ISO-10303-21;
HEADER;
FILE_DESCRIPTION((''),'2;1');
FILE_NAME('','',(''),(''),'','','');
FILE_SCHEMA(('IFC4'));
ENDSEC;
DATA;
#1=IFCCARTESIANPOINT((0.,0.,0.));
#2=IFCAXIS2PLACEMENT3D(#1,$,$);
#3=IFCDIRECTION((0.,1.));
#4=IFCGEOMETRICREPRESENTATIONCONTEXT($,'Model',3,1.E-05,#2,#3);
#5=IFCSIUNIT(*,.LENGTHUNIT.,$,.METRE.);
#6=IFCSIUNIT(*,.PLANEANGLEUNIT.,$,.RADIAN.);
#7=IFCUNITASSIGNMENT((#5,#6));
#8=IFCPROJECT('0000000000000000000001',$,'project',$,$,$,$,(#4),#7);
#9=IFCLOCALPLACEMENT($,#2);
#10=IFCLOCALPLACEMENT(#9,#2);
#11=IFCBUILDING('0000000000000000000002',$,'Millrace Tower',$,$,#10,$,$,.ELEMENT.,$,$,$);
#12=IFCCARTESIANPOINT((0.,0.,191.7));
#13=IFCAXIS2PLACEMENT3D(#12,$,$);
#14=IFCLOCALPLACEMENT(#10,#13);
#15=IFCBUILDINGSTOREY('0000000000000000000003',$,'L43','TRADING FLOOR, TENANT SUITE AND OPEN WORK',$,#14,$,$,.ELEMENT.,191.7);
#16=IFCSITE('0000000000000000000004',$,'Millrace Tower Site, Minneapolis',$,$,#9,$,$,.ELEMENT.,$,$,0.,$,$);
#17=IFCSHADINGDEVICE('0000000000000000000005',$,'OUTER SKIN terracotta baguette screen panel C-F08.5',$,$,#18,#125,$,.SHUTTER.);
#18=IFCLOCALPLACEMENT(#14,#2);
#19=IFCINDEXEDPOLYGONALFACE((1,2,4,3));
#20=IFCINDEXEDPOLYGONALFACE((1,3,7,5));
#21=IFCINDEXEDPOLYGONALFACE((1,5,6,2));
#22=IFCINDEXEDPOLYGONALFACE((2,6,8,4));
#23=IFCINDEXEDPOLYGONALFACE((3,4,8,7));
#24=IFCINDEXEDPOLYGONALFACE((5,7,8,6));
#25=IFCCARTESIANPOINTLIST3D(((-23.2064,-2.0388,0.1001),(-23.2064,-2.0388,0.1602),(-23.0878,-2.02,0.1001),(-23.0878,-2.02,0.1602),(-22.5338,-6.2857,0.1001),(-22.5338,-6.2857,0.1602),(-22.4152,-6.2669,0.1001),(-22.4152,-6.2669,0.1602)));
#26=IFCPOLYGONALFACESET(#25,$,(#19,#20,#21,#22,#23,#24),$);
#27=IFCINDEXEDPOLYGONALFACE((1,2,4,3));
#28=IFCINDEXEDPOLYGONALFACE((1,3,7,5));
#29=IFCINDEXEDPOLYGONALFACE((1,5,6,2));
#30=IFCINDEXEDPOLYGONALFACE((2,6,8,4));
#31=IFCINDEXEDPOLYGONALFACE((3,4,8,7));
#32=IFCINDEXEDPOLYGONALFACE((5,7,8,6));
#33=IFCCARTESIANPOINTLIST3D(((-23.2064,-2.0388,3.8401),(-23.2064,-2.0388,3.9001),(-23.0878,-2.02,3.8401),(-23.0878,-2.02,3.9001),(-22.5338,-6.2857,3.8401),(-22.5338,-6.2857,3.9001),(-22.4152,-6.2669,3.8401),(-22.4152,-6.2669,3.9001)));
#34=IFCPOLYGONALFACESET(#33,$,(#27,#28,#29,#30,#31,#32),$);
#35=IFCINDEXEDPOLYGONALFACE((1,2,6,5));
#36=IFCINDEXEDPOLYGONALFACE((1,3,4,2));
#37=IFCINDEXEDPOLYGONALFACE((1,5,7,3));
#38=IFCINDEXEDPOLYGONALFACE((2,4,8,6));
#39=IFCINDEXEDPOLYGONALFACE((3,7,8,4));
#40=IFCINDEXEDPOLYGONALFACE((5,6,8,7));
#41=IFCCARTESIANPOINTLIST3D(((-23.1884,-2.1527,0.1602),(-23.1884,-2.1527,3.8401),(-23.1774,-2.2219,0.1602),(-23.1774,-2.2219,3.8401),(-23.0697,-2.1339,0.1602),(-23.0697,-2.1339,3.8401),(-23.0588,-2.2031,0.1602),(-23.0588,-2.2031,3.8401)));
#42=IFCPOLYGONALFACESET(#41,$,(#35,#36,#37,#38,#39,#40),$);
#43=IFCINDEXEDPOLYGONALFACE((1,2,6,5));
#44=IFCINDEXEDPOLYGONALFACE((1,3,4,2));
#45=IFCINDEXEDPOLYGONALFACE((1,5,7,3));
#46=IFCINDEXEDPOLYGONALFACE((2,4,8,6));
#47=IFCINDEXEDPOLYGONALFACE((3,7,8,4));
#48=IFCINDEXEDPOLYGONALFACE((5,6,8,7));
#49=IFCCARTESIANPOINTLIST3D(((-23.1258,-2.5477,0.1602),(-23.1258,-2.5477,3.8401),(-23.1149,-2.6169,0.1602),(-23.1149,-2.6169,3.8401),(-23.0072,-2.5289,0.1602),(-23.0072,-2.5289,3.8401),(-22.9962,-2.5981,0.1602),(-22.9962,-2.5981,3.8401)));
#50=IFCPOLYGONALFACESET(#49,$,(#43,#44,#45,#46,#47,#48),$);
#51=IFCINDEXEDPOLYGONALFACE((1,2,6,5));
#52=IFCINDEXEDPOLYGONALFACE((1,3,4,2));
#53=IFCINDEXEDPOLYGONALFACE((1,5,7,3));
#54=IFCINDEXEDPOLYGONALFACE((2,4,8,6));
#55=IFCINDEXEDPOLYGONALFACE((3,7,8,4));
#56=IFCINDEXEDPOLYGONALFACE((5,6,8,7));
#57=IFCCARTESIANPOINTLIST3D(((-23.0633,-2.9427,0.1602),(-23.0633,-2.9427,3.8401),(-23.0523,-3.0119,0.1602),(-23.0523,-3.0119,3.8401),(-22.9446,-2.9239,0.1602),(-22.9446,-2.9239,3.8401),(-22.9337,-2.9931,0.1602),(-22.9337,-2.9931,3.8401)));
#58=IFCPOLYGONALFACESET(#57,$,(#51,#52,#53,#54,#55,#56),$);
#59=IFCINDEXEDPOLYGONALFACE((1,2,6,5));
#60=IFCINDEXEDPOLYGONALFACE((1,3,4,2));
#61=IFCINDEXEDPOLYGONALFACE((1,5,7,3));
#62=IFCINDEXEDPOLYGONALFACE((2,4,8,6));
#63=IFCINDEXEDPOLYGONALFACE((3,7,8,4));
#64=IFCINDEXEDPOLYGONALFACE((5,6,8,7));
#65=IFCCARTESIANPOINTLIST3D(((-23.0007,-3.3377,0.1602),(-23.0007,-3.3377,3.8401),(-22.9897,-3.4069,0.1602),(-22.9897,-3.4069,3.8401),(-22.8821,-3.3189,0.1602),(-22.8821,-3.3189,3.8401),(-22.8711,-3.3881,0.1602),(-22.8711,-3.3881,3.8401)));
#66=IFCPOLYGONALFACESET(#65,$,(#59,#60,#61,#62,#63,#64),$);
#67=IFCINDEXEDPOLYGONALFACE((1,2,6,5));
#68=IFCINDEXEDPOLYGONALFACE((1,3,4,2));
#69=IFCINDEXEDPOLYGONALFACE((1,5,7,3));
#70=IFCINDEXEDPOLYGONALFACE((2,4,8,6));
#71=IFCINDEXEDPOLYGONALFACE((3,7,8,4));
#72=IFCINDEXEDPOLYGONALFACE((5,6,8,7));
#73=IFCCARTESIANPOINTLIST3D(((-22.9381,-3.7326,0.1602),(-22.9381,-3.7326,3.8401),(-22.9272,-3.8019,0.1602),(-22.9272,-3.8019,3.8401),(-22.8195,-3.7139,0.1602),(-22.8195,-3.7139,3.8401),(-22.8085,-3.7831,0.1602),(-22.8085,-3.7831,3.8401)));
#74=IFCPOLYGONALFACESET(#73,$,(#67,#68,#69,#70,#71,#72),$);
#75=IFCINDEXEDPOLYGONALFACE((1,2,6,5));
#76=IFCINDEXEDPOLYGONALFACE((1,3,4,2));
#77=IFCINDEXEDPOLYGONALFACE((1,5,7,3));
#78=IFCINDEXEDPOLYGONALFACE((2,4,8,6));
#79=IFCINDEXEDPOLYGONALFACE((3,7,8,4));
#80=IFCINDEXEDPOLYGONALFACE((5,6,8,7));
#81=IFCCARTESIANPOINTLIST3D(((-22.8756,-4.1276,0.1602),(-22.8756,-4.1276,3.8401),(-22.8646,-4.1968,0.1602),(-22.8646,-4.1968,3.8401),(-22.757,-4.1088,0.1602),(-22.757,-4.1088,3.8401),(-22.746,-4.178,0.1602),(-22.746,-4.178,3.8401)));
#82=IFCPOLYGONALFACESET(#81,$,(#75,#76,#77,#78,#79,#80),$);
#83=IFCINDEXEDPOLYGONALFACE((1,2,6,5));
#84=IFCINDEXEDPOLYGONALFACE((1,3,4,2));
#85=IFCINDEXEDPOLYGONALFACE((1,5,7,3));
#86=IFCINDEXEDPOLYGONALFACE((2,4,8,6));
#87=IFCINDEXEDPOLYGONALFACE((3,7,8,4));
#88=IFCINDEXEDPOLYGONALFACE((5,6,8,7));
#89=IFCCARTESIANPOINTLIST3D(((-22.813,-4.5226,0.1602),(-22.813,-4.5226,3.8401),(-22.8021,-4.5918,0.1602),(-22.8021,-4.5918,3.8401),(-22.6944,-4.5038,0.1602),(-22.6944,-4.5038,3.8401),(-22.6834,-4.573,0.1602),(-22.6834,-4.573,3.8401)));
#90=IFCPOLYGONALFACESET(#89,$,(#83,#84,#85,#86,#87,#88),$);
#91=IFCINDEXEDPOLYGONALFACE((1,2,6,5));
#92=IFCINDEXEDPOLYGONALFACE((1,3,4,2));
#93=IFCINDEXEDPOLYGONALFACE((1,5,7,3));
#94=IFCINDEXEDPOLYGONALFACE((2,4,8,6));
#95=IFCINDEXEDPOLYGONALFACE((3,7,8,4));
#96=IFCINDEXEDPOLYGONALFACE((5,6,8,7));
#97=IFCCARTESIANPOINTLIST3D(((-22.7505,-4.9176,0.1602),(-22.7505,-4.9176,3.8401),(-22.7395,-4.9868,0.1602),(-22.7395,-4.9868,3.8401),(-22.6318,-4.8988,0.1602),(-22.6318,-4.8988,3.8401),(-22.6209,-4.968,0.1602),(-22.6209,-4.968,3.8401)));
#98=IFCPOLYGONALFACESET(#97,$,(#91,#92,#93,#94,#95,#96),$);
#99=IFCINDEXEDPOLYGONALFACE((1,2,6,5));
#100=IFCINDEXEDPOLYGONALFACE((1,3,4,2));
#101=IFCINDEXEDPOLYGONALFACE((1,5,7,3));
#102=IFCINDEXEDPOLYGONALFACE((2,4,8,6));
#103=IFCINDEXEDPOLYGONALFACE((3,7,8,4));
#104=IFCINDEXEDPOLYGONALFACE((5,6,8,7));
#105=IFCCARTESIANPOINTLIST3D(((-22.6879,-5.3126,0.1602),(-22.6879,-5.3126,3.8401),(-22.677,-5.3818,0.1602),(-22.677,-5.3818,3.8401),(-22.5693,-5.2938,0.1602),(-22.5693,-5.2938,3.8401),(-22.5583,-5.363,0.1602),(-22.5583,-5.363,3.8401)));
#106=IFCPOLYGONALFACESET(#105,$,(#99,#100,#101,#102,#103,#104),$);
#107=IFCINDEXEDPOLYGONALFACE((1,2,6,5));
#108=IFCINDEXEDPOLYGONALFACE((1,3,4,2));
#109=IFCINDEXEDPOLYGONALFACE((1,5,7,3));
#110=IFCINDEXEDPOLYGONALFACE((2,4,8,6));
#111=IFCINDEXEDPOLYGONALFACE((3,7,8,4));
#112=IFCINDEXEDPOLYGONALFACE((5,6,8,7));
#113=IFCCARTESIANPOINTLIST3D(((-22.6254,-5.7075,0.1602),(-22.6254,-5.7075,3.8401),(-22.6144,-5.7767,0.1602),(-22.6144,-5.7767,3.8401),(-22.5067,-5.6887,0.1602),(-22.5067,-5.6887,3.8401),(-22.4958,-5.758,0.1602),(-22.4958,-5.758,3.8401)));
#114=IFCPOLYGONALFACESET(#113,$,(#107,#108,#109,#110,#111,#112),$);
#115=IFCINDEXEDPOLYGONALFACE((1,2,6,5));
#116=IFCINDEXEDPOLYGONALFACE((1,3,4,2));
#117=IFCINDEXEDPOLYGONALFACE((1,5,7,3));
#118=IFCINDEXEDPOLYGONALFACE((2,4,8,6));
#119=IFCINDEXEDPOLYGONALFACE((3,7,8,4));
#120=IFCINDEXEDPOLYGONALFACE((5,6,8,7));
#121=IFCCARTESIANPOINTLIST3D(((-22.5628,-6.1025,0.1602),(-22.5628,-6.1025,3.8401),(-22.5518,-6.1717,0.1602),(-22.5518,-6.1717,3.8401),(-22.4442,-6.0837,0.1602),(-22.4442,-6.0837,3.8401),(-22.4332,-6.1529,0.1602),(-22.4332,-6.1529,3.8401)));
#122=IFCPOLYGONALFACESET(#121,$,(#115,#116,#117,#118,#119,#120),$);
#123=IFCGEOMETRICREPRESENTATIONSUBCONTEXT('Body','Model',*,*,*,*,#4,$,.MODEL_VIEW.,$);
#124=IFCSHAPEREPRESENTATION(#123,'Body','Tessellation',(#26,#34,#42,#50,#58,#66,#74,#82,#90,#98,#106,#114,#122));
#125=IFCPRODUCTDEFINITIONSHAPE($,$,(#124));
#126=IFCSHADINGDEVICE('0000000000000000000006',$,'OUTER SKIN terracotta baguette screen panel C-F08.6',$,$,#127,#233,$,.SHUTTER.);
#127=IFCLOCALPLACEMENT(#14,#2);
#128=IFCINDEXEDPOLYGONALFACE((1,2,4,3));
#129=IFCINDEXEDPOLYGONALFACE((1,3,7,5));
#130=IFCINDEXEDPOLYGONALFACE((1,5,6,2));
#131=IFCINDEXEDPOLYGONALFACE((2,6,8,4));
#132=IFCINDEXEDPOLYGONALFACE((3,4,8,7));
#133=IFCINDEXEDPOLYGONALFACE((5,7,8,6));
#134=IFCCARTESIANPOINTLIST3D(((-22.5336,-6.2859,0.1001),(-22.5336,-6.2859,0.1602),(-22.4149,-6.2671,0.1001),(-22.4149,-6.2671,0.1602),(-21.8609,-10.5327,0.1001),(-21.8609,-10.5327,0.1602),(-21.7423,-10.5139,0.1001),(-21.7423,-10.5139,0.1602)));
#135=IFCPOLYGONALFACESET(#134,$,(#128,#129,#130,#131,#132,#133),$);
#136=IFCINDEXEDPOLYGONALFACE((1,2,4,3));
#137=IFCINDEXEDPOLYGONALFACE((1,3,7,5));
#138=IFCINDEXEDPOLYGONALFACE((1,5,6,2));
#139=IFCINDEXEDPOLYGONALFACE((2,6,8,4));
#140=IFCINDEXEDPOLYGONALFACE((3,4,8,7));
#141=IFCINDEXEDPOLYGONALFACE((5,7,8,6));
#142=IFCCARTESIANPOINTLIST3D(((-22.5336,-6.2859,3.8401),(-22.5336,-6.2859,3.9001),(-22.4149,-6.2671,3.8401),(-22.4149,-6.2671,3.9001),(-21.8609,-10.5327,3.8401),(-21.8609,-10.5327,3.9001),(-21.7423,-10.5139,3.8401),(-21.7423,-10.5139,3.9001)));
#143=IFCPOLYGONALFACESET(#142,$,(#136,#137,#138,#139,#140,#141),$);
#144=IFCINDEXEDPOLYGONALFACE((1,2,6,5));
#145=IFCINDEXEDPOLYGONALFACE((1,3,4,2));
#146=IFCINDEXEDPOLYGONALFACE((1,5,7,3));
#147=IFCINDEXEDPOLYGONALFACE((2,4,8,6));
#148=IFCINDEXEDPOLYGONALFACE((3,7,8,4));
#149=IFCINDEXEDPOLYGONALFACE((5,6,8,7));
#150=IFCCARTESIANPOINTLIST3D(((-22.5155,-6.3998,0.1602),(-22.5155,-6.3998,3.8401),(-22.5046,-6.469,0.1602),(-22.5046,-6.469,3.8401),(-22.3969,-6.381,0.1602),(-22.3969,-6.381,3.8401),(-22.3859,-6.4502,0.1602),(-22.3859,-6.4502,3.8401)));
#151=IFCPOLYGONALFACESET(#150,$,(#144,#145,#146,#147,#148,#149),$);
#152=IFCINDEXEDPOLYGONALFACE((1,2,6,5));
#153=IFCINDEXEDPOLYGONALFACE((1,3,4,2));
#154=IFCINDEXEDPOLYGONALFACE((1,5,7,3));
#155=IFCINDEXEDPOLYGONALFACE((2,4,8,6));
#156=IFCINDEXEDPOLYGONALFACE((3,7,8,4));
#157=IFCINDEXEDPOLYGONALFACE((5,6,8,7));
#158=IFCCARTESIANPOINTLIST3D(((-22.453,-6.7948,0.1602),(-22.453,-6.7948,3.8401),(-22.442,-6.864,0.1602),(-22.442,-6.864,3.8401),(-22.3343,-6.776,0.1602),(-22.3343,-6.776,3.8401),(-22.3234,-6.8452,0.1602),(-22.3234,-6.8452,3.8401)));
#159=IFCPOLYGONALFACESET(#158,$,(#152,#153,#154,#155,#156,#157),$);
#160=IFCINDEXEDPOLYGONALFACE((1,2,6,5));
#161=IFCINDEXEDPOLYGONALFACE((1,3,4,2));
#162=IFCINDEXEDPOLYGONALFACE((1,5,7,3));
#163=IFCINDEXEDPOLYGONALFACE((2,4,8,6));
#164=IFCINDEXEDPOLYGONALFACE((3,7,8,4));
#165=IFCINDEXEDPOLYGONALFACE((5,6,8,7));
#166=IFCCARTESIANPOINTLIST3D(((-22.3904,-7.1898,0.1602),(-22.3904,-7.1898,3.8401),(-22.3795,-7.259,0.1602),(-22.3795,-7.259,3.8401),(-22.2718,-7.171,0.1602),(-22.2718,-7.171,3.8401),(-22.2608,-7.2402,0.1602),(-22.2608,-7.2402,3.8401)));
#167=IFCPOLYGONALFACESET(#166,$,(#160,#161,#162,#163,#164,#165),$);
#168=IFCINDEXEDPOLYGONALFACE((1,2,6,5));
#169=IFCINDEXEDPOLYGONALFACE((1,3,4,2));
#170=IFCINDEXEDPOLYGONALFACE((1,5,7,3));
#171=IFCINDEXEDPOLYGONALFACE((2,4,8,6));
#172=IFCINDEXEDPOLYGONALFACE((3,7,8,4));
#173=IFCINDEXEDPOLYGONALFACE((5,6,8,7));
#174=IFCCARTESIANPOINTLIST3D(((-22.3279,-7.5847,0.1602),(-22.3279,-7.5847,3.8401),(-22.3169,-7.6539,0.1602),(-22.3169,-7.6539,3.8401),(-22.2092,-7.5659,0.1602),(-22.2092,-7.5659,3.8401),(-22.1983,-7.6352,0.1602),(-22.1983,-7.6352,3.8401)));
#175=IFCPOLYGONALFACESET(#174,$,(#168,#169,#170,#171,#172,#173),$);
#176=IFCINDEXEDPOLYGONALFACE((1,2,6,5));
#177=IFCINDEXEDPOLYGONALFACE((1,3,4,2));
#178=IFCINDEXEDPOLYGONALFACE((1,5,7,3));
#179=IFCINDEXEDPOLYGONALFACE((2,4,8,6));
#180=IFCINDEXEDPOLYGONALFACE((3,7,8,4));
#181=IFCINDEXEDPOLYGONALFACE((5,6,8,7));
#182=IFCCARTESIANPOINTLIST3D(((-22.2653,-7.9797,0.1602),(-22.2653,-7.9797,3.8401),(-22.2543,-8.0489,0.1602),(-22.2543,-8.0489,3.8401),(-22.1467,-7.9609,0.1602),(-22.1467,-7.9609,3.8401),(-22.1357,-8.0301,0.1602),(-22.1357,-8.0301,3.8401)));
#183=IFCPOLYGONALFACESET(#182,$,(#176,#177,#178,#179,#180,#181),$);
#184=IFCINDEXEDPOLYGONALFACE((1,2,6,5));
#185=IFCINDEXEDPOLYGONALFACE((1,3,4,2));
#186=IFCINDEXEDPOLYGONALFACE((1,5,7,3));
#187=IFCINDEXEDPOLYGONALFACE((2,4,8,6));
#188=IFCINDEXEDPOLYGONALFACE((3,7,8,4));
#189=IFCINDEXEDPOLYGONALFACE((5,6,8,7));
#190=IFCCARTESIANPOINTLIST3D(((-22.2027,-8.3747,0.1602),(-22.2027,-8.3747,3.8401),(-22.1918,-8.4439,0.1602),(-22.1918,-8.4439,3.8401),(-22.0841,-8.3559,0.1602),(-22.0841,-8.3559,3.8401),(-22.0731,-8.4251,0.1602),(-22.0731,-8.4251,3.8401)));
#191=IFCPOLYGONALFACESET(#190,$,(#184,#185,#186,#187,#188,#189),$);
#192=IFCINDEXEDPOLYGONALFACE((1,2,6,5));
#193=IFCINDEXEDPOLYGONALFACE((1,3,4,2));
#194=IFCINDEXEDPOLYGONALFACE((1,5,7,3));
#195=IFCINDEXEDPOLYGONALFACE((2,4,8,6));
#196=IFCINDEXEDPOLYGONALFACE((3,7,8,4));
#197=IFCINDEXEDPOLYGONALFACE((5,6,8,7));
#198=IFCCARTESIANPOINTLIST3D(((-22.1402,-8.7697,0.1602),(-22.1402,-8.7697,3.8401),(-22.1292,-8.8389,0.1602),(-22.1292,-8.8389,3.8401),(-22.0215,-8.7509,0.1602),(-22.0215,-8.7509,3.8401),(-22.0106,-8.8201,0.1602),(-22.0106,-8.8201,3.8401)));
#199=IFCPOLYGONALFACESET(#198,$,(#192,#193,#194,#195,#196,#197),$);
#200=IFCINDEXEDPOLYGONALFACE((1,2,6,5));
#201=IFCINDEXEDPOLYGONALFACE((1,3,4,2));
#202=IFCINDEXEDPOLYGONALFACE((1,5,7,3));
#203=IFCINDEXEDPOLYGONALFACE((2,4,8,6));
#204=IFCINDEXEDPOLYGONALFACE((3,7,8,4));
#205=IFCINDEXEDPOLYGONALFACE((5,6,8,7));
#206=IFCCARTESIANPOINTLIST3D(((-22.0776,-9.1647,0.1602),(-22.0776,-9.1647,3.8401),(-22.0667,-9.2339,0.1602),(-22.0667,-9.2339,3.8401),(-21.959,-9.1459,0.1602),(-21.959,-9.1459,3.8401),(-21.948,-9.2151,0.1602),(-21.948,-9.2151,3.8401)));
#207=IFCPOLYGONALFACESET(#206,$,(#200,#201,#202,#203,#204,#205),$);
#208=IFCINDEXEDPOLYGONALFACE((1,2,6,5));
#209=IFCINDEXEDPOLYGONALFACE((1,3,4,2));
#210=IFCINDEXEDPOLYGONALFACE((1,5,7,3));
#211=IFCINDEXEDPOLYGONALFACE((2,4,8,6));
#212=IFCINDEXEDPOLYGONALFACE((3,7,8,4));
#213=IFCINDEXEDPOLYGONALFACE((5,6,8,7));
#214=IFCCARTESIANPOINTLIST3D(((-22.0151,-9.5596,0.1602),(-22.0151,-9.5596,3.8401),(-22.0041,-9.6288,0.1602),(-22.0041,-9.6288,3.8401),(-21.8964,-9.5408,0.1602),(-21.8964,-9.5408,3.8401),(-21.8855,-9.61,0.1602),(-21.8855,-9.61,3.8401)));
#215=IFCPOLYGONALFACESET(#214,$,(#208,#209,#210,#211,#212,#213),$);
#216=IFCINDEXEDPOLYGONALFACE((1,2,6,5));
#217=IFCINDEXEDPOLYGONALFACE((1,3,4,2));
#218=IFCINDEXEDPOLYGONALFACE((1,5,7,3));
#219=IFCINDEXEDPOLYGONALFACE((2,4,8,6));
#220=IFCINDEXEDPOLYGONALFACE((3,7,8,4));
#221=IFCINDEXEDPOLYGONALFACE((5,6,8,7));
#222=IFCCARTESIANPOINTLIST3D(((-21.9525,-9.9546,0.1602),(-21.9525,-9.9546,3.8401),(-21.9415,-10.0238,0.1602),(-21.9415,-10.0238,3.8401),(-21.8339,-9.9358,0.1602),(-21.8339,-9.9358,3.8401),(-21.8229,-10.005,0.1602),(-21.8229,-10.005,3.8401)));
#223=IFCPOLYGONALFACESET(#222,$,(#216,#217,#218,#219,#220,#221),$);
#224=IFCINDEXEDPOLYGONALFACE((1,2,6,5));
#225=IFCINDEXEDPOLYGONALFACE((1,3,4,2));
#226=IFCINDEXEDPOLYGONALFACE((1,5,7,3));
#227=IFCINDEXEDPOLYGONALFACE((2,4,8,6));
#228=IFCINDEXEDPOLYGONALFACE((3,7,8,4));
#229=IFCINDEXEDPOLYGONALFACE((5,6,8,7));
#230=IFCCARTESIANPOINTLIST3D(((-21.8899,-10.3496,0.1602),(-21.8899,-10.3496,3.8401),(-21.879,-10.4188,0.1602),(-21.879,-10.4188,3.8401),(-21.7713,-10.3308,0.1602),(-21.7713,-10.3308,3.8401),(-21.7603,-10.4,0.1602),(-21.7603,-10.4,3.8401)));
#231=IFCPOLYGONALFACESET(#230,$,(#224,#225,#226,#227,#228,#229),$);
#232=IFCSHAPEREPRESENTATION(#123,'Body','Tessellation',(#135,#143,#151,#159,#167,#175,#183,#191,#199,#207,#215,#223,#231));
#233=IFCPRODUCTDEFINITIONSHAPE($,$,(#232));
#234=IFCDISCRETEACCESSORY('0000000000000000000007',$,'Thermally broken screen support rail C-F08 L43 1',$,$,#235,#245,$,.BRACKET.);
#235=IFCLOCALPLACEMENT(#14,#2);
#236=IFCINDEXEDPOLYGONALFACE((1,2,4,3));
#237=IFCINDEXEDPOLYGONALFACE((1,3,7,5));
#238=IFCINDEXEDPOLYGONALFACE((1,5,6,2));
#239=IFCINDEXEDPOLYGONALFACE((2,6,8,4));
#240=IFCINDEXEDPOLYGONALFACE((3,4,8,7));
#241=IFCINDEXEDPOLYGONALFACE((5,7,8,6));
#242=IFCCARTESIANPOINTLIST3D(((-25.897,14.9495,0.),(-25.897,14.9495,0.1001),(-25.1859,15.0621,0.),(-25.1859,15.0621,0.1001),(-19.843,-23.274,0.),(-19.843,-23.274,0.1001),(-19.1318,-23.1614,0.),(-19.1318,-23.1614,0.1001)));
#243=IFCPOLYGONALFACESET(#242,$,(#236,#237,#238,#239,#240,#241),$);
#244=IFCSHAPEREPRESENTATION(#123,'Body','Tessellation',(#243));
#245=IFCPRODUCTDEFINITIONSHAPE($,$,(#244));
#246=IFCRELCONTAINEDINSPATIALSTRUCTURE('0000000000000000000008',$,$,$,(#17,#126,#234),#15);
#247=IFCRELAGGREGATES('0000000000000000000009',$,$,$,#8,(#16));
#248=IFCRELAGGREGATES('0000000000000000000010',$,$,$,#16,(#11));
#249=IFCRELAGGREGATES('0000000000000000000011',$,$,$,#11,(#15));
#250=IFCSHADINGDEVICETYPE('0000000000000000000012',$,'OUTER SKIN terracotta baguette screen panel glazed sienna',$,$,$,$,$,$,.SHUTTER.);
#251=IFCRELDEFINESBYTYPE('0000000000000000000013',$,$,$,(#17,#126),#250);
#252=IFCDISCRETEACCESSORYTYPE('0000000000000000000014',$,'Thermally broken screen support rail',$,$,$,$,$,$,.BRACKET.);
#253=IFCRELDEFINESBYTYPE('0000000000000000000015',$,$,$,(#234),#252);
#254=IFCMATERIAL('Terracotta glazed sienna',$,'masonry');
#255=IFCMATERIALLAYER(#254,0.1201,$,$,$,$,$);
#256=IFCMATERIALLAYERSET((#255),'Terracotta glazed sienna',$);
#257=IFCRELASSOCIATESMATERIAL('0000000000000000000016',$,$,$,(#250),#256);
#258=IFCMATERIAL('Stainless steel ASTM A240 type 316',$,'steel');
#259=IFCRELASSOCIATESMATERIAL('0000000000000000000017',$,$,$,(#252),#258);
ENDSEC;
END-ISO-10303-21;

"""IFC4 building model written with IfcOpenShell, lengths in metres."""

from ifc_helpers import new_model, entity, si_unit, direction, frame, frame_2d, origin, origin_2d, place, context, subcontext, project, spatial, rectangle, extrude, source, transform, mapped, material, layer, layer_set, type_object, element, save


model = new_model("IFC4")

# Units and contexts
model_context = context("Model", 3, precision=1e-05, world=origin(), true_north=direction((0.0, 1.0)))
body_context = subcontext(model_context, "Body", "Model", "MODEL_VIEW")
ifc_project = project(units=[si_unit("LENGTHUNIT", "METRE"), si_unit("PLANEANGLEUNIT", "RADIAN")], contexts=[model_context])

# Site, building, storey
site_placement = place(None, origin())
site = spatial("IfcSite", under=ifc_project, at=site_placement, Name="Millrace Tower Site, Minneapolis", CompositionType="ELEMENT", RefElevation=0.0)
building_placement = place(site_placement, origin())
building = spatial("IfcBuilding", under=site, at=building_placement, Name="Millrace Tower", CompositionType="ELEMENT")
storey_placement = place(building_placement, frame((0.0, 0.0, 191.7)))
storey = spatial("IfcBuildingStorey", under=building, at=storey_placement, Name="L43", Description="TRADING FLOOR, TENANT SUITE AND OPEN WORK", CompositionType="ELEMENT", Elevation=191.7)

# Shading devices
ifc_material_1 = material(Name="Terracotta glazed sienna", Category="masonry")
ifc_layer_1 = layer(ifc_material_1, 0.1201)
ifc_layer_set_1 = layer_set([ifc_layer_1], Name="Terracotta glazed sienna")
shading_device_type = type_object("IfcShadingDeviceType", Name="OUTER SKIN terracotta baguette screen panel glazed sienna", PredefinedType="SHUTTER", material=ifc_layer_set_1)
cartesian_point = entity("IfcCartesianPoint", [-2.1499, 0.0601])
shared_polyline = entity("IfcPolyline", [cartesian_point, entity("IfcCartesianPoint", [2.1499, 0.0601]), entity("IfcCartesianPoint", [2.1499, -0.0601]), entity("IfcCartesianPoint", [-2.1499, -0.0601]), cartesian_point])
shared_shape = source(origin(), body_context, "Body", "SweptSolid", [
    entity("IfcExtrudedAreaSolid", entity("IfcArbitraryClosedProfileDef", "AREA", None, shared_polyline), entity("IfcAxis2Placement3D", entity("IfcCartesianPoint", [0.0, 0.0, 0.0])), entity("IfcDirection", [0.0, 0.0, 1.0]), 0.0601),
    entity("IfcExtrudedAreaSolid", entity("IfcArbitraryClosedProfileDef", "AREA", None, shared_polyline), entity("IfcAxis2Placement3D", entity("IfcCartesianPoint", [0.0, 0.0, 3.74])), entity("IfcDirection", [0.0, 0.0, 1.0]), 0.0601),
    extrude(rectangle(XDim=0.0701, YDim=0.1201, at=frame_2d((-1.9995, 0.0))), frame((0.0, 0.0, 0.0601)), (0.0, 0.0, 1.0), 3.6799),
    extrude(rectangle(XDim=0.0701, YDim=0.1201, at=frame_2d((-1.5996, 0.0))), frame((0.0, 0.0, 0.0601)), (0.0, 0.0, 1.0), 3.6799),
    extrude(rectangle(XDim=0.0701, YDim=0.1201, at=frame_2d((-1.1997, 0.0))), frame((0.0, 0.0, 0.0601)), (0.0, 0.0, 1.0), 3.6799),
    extrude(rectangle(XDim=0.0701, YDim=0.1201, at=frame_2d((-0.7998, 0.0))), frame((0.0, 0.0, 0.0601)), (0.0, 0.0, 1.0), 3.6799),
    extrude(rectangle(XDim=0.0701, YDim=0.1201, at=frame_2d((-0.3999, 0.0))), frame((0.0, 0.0, 0.0601)), (0.0, 0.0, 1.0), 3.6799),
    extrude(rectangle(XDim=0.0701, YDim=0.1201, at=origin_2d()), frame((0.0, 0.0, 0.0601)), (0.0, 0.0, 1.0), 3.6799),
    extrude(rectangle(XDim=0.0701, YDim=0.1201, at=frame_2d((0.3999, 0.0))), frame((0.0, 0.0, 0.0601)), (0.0, 0.0, 1.0), 3.6799),
    extrude(rectangle(XDim=0.0701, YDim=0.1201, at=frame_2d((0.7998, 0.0))), frame((0.0, 0.0, 0.0601)), (0.0, 0.0, 1.0), 3.6799),
    extrude(rectangle(XDim=0.0701, YDim=0.1201, at=frame_2d((1.1997, 0.0))), frame((0.0, 0.0, 0.0601)), (0.0, 0.0, 1.0), 3.6799),
    extrude(rectangle(XDim=0.0701, YDim=0.1201, at=frame_2d((1.5996, 0.0))), frame((0.0, 0.0, 0.0601)), (0.0, 0.0, 1.0), 3.6799),
    extrude(rectangle(XDim=0.0701, YDim=0.1201, at=frame_2d((1.9995, 0.0))), frame((0.0, 0.0, 0.0601)), (0.0, 0.0, 1.0), 3.6799),
])
for number, where, z_axis, x_axis, name in (
    (1, (-22.8108, -4.1528, 0.1001), (0.0, 0.0, 1.0), (0.156434, -0.987688, 0.0), "OUTER SKIN terracotta baguette screen panel C-F08.5"),
    (2, (-22.1379, -8.3999, 0.1001), (0.0, 0.0, 1.0), (0.156434, -0.987688, 0.0), "OUTER SKIN terracotta baguette screen panel C-F08.6"),
):
    element("IfcShadingDevice", number, at=place(storey_placement, frame(where, z_axis=z_axis, x_axis=x_axis)), inside=storey, type_object=shading_device_type, Name=name, PredefinedType="SHUTTER", context=body_context, shape_type="MappedRepresentation", body=[
        mapped(shared_shape, transform((0.0, 0.0, 0.0), scale=1.0)),
    ])

# Discrete accessory
ifc_material_2 = material(Name="Stainless steel ASTM A240 type 316", Category="steel")
discrete_accessory_type = type_object("IfcDiscreteAccessoryType", Name="Thermally broken screen support rail", PredefinedType="BRACKET", material=ifc_material_2)
discrete_accessory_placement = place(storey_placement, frame((-22.5144, -4.106, 0.0), z_axis=(0.0, 0.0, 1.0), x_axis=(0.156434, -0.987688, 0.0)))
element("IfcDiscreteAccessory", 3, at=discrete_accessory_placement, inside=storey, type_object=discrete_accessory_type, Name="Thermally broken screen support rail C-F08 L43 1", PredefinedType="BRACKET", context=body_context, shape_type="SweptSolid", body=[
    extrude(rectangle(XDim=38.7, YDim=0.72, at=origin_2d()), origin(), (0.0, 0.0, 1.0), 0.1001),
])

save(model, "model.ifc")
